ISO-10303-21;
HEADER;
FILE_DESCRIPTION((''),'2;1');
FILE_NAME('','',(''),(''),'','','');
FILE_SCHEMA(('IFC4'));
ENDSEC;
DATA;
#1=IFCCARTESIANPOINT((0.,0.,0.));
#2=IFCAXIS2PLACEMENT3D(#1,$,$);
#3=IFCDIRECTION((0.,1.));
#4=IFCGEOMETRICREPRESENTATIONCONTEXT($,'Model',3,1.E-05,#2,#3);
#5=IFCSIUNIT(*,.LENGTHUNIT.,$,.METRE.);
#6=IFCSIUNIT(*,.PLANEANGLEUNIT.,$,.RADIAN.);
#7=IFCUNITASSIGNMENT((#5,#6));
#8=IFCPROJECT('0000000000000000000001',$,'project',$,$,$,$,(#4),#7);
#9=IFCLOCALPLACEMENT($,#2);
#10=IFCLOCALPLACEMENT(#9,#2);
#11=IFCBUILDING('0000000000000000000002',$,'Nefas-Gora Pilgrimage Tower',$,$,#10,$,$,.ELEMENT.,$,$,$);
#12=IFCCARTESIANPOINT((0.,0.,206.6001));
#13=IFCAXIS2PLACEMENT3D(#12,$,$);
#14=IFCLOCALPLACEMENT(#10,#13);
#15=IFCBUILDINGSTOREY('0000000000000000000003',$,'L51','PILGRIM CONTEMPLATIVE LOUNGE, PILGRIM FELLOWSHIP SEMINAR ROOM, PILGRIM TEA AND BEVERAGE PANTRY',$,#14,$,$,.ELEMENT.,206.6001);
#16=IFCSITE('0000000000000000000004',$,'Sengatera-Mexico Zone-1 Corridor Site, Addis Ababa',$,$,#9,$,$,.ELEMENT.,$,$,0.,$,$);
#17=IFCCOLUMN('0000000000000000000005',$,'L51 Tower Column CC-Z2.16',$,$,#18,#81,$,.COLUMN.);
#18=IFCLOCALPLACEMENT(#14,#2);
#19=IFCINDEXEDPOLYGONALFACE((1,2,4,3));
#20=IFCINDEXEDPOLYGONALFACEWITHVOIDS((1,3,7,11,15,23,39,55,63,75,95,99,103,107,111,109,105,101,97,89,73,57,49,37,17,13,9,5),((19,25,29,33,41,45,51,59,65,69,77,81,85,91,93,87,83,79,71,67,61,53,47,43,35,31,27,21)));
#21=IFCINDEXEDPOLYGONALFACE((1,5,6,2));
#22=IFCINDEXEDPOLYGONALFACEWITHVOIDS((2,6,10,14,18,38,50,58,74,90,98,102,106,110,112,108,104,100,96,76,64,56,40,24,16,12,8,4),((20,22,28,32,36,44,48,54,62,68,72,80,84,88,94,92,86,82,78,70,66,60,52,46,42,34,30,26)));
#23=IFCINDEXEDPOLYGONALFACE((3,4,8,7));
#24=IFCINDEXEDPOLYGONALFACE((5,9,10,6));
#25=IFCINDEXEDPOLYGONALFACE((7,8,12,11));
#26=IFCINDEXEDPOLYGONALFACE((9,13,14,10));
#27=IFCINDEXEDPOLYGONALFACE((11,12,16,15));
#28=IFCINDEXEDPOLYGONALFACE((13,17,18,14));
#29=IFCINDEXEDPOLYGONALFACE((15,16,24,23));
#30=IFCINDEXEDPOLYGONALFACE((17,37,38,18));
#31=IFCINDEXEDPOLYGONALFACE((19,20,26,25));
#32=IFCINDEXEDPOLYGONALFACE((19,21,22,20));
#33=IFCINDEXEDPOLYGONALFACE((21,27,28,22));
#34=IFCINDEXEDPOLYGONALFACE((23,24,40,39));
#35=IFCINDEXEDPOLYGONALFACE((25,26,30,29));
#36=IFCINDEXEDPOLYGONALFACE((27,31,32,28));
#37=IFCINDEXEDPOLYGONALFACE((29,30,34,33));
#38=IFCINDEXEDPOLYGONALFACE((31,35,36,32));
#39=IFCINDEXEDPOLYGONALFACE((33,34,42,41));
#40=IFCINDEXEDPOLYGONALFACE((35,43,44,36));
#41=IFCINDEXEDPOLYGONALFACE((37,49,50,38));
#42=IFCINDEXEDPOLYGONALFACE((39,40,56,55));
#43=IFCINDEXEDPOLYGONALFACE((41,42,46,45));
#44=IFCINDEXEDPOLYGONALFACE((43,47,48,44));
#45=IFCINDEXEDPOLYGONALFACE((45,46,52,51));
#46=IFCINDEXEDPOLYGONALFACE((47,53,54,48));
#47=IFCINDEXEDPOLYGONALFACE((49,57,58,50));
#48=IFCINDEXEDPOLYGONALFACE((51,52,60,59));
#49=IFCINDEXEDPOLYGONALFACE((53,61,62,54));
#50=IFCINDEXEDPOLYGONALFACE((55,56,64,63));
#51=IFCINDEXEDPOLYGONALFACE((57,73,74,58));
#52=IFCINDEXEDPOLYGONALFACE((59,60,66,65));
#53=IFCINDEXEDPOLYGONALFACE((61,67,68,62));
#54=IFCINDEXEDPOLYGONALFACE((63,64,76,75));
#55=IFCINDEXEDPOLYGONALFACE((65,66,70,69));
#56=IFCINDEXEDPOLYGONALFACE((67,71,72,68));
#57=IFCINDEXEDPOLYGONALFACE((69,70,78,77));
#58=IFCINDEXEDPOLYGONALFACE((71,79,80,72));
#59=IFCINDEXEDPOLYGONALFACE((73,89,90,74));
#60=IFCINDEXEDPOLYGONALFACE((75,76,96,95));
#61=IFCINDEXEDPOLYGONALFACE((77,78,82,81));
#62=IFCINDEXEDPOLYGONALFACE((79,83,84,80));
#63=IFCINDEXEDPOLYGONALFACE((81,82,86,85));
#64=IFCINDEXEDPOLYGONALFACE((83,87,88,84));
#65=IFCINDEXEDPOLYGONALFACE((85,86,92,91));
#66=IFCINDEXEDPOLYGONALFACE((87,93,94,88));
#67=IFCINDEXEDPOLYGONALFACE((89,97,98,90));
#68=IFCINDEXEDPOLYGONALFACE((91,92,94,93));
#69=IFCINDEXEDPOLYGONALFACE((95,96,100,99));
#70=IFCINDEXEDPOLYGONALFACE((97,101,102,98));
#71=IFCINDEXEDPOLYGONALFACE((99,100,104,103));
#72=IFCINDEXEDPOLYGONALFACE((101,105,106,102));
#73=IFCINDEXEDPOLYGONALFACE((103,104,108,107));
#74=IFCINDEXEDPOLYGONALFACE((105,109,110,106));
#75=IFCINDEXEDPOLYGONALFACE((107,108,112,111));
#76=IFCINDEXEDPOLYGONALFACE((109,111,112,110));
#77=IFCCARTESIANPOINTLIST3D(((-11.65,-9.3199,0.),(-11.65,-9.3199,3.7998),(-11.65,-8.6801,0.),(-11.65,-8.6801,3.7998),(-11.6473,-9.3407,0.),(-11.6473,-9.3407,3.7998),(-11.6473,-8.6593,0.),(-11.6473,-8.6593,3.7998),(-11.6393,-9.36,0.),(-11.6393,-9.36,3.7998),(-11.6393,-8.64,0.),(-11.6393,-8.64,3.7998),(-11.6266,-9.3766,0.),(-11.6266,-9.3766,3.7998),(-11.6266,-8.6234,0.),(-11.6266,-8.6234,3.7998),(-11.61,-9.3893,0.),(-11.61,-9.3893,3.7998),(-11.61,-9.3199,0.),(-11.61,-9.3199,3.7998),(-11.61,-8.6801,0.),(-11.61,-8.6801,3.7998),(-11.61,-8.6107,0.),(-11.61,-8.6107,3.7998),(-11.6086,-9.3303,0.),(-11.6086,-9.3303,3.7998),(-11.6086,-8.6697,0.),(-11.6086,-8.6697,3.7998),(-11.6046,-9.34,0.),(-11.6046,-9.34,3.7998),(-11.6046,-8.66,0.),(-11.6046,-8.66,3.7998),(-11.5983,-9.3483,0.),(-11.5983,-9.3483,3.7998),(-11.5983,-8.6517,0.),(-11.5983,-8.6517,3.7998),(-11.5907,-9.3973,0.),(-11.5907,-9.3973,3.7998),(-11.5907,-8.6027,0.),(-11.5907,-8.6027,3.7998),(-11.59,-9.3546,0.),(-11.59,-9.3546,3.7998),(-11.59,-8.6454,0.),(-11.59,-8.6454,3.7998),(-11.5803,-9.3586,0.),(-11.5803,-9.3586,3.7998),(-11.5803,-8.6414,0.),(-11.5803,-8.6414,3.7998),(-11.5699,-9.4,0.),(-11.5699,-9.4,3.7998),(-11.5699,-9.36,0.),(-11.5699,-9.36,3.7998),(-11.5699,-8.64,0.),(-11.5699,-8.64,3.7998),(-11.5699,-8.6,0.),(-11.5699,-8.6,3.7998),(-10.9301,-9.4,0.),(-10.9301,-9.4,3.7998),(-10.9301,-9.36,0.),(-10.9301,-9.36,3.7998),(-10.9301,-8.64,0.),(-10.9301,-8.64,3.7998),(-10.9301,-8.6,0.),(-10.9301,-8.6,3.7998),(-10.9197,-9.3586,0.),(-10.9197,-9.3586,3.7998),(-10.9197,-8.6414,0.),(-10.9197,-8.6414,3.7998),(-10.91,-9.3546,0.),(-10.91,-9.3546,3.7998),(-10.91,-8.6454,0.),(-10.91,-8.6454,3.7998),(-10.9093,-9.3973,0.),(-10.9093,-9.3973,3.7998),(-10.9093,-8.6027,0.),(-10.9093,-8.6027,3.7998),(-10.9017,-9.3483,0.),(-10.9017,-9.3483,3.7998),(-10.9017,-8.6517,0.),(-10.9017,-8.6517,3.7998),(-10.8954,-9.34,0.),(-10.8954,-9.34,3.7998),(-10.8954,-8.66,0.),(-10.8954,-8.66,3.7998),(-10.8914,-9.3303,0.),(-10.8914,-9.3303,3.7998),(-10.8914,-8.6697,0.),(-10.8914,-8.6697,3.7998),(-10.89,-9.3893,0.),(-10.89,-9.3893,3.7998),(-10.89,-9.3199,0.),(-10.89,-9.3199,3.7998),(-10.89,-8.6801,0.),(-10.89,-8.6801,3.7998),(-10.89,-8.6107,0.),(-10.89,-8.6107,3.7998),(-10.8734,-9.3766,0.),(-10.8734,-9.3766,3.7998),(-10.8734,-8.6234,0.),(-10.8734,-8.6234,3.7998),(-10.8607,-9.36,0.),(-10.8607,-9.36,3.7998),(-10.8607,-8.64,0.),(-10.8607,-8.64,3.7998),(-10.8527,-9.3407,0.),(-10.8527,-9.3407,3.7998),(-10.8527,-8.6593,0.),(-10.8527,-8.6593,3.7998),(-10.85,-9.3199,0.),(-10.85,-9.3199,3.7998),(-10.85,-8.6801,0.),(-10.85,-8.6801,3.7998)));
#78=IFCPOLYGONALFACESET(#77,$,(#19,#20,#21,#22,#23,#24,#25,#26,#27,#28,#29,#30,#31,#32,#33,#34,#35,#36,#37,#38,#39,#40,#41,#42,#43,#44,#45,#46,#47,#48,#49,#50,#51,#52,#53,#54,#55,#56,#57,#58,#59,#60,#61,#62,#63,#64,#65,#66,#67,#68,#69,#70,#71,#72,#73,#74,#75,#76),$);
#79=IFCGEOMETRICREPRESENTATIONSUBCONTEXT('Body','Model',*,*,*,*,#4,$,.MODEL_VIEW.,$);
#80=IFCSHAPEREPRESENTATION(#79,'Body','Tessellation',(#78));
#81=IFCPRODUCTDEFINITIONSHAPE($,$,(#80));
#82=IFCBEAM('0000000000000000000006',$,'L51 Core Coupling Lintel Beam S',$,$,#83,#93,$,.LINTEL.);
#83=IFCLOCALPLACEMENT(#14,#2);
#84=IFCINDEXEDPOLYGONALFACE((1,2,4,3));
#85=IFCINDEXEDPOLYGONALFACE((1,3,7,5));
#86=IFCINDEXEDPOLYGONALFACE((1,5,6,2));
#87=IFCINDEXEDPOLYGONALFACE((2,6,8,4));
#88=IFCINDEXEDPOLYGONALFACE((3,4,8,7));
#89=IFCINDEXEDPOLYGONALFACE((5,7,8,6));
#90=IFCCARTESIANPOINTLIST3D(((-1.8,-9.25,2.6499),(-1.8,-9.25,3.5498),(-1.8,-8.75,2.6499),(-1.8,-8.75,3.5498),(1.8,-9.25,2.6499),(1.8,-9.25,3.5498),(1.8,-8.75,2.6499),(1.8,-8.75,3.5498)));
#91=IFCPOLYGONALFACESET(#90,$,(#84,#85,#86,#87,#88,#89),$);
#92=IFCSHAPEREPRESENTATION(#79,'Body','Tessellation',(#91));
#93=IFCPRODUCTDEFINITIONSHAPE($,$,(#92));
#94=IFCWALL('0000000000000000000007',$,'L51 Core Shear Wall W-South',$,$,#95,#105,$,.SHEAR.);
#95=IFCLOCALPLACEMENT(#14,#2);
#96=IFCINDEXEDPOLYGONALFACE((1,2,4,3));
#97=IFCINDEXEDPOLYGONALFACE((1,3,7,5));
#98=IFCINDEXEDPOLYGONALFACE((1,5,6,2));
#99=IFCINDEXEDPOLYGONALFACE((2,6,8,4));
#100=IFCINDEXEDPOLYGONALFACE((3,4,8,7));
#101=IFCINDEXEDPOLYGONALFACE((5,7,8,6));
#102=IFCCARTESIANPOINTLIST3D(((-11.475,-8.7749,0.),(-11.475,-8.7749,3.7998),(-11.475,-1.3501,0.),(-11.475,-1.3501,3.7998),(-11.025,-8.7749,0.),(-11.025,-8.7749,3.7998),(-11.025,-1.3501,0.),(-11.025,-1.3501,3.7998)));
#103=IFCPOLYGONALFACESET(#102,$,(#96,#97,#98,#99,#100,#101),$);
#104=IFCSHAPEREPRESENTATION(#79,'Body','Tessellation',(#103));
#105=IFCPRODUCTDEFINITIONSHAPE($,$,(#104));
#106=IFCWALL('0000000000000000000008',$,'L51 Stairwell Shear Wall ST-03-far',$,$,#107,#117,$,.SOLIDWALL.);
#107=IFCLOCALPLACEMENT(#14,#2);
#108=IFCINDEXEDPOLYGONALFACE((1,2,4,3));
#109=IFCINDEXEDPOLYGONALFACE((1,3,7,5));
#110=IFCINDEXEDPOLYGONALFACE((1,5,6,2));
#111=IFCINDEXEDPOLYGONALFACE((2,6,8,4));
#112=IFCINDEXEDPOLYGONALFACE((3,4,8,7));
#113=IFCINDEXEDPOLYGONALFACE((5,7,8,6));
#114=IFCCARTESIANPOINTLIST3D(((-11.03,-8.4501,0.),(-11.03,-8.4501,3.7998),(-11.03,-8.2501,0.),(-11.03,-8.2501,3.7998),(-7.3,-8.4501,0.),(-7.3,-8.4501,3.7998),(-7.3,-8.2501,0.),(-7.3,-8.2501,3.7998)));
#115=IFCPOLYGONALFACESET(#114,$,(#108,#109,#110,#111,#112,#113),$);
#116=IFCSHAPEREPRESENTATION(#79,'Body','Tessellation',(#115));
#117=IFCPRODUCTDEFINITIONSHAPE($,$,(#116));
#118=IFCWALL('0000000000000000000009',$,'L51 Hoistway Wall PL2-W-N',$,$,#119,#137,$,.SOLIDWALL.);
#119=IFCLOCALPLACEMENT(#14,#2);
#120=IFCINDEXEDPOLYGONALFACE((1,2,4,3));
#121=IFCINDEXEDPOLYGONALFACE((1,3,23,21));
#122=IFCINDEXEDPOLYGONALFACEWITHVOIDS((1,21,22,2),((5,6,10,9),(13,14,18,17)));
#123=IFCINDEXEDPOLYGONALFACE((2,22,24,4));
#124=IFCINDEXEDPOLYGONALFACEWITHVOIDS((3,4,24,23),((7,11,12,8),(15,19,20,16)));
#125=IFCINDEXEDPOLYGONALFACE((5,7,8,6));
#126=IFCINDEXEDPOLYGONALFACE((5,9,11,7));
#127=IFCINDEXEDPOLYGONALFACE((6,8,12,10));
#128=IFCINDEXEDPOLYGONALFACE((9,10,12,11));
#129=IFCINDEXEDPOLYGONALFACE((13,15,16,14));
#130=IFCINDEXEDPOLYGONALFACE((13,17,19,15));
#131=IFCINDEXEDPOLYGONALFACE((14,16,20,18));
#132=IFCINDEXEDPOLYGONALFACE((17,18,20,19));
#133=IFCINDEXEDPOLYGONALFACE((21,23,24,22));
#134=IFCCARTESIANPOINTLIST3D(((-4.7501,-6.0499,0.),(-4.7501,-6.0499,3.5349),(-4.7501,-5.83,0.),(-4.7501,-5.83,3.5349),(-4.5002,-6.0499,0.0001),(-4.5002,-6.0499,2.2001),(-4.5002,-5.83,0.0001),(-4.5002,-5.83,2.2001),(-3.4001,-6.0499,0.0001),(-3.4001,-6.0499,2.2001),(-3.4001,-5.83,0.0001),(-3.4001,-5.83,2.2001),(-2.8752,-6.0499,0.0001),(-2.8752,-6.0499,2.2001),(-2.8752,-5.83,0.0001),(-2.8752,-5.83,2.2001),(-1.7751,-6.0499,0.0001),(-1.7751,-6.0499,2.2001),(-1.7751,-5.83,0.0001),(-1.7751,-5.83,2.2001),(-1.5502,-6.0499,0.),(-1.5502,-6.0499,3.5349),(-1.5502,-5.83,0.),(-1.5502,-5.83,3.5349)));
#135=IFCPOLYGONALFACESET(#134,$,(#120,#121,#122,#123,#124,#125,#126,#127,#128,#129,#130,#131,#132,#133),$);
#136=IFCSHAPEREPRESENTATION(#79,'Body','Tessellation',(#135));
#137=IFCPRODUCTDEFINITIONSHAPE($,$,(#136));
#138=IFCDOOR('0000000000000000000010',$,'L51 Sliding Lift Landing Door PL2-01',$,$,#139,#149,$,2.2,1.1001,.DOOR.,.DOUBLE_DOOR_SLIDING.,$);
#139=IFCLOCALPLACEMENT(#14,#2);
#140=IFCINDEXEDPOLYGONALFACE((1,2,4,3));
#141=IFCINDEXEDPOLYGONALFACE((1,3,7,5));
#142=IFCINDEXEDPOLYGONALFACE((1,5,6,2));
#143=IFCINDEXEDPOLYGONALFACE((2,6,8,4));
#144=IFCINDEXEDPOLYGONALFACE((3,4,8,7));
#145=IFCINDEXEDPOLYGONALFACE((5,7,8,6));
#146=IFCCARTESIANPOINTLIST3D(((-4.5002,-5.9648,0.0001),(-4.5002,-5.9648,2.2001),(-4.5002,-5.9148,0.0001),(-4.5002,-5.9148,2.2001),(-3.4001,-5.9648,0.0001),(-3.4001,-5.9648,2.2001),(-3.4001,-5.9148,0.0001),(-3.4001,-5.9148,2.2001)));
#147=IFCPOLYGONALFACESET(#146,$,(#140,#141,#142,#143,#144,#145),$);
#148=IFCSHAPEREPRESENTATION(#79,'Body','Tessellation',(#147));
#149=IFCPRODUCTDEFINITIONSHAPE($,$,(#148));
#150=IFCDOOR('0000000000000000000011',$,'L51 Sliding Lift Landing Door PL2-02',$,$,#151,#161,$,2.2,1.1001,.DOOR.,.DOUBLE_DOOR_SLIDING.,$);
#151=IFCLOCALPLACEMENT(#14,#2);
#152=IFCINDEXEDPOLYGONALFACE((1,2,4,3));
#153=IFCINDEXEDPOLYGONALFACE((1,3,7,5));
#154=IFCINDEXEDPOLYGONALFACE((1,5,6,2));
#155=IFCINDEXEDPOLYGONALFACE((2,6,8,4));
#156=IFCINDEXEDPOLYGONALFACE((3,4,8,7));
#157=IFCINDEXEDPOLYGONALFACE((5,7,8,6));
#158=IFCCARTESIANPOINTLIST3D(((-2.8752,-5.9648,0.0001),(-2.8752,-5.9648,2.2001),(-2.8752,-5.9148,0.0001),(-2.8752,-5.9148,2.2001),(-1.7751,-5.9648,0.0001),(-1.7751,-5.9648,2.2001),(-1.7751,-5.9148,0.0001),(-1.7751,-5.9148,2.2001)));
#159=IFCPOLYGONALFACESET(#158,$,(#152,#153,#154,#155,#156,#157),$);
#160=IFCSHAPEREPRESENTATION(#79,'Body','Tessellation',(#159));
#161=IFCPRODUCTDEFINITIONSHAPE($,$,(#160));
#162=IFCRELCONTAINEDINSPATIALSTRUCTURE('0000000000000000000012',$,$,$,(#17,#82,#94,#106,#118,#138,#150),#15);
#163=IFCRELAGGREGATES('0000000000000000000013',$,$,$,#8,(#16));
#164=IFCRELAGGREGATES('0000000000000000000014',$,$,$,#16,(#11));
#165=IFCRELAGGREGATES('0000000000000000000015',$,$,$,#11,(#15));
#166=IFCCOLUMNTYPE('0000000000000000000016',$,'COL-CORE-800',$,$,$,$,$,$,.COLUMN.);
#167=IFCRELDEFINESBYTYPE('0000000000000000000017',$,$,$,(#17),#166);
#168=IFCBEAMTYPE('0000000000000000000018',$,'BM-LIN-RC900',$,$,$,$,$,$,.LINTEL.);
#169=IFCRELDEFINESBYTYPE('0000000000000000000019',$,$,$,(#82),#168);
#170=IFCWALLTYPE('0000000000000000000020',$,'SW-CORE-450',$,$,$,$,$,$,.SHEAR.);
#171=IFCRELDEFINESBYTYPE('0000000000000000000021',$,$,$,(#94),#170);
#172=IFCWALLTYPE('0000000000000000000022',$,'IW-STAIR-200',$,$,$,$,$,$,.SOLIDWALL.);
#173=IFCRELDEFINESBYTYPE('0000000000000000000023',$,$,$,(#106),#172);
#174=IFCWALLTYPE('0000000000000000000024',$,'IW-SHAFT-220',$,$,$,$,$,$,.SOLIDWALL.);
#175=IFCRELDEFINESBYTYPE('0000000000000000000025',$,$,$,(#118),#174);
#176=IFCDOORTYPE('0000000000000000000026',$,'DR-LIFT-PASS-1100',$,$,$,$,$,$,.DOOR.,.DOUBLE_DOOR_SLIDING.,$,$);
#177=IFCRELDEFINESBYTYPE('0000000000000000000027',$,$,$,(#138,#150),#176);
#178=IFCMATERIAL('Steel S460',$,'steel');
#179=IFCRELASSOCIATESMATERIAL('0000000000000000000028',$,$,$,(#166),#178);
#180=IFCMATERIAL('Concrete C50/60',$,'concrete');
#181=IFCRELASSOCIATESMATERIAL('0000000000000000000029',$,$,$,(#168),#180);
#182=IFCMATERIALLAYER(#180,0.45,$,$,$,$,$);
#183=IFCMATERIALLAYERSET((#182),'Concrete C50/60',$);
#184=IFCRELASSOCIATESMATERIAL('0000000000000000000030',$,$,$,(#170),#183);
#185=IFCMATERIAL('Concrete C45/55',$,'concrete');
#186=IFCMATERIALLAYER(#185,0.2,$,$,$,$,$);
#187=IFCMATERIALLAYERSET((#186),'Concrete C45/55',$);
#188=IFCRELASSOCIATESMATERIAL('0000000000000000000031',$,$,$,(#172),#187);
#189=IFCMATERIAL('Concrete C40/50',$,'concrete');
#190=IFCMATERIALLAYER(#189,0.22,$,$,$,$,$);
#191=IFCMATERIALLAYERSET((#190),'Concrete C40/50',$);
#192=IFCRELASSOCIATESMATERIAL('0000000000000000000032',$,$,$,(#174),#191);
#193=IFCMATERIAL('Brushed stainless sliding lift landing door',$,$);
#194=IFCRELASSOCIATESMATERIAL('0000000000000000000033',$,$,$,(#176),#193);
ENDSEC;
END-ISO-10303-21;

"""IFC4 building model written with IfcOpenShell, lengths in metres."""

from ifc_helpers import new_model, si_unit, direction, frame, frame_2d, origin, origin_2d, place, context, subcontext, project, spatial, rectangle, hollow_rectangle, extrude, source, transform, mapped, material, layer, layer_set, material_profile, profile_set, type_object, element, fill, save


model = new_model("IFC4")

# Units and contexts
model_context = context("Model", 3, precision=1e-05, world=origin(), true_north=direction((0.0, 1.0)))
body_context = subcontext(model_context, "Body", "Model", "MODEL_VIEW")
ifc_project = project(units=[si_unit("LENGTHUNIT", "METRE"), si_unit("PLANEANGLEUNIT", "RADIAN")], contexts=[model_context])

# Site, building, storey
site_placement = place(None, origin())
site = spatial("IfcSite", under=ifc_project, at=site_placement, Name="Sengatera-Mexico Zone-1 Corridor Site, Addis Ababa", CompositionType="ELEMENT", RefElevation=0.0)
building_placement = place(site_placement, origin())
building = spatial("IfcBuilding", under=site, at=building_placement, Name="Nefas-Gora Pilgrimage Tower", CompositionType="ELEMENT")
storey_placement = place(building_placement, frame((0.0, 0.0, 206.6001)))
storey = spatial("IfcBuildingStorey", under=building, at=storey_placement, Name="L51", Description="PILGRIM CONTEMPLATIVE LOUNGE, PILGRIM FELLOWSHIP SEMINAR ROOM, PILGRIM TEA AND BEVERAGE PANTRY", CompositionType="ELEMENT", Elevation=206.6001)

# Column
ifc_material_1 = material(Name="Steel S460", Category="steel")
ifc_material_profile_1 = material_profile(ifc_material_1, hollow_rectangle(XDim=0.8, YDim=0.8, WallThickness=0.04, InnerFilletRadius=0.04, OuterFilletRadius=0.0801, at=origin_2d()), Name="BOX 800x800x40")
ifc_profile_set_1 = profile_set([ifc_material_profile_1], Name="Steel S460")
column_type = type_object("IfcColumnType", Name="COL-CORE-800", PredefinedType="COLUMN", material=ifc_profile_set_1)
shared_shape_1 = source(origin(), body_context, "Body", "SweptSolid", [
    extrude(hollow_rectangle(XDim=0.8, YDim=0.8, WallThickness=0.04, InnerFilletRadius=0.04, OuterFilletRadius=0.0801, at=origin_2d()), origin(), (0.0, 0.0, 1.0), 3.7998),
])
column_placement = place(storey_placement, frame((-11.25, -9.0, 0.0), z_axis=(0.0, 0.0, 1.0), x_axis=(1.0, 0.0, 0.0)))
element("IfcColumn", 1, at=column_placement, inside=storey, type_object=column_type, Name="L51 Tower Column CC-Z2.16", PredefinedType="COLUMN", context=body_context, shape_type="MappedRepresentation", body=[
    mapped(shared_shape_1, transform((0.0, 0.0, 0.0), x_axis=(1.0, 0.0, 0.0), y_axis=(0.0, 1.0, 0.0), z_axis=(0.0, 0.0, 1.0), scale=1.0)),
])

# Beam
ifc_material_2 = material(Name="Concrete C50/60", Category="concrete")
ifc_material_profile_2 = material_profile(ifc_material_2, rectangle(XDim=0.5, YDim=0.8999, at=origin_2d()), Name="RC 500x900")
ifc_profile_set_2 = profile_set([ifc_material_profile_2], Name="Concrete C50/60")
beam_type = type_object("IfcBeamType", Name="BM-LIN-RC900", PredefinedType="LINTEL", material=ifc_profile_set_2)
shared_shape_2 = source(origin(), body_context, "Body", "SweptSolid", [
    extrude(rectangle(XDim=0.5, YDim=0.8999, at=origin_2d()), origin(), (0.0, 0.0, 1.0), 3.6001),
])
beam_placement = place(storey_placement, frame((-1.8, -9.0, 3.0999), z_axis=(1.0, 0.0, 0.0), x_axis=(0.0, 1.0, 0.0)))
element("IfcBeam", 2, at=beam_placement, inside=storey, type_object=beam_type, Name="L51 Core Coupling Lintel Beam S", PredefinedType="LINTEL", context=body_context, shape_type="MappedRepresentation", body=[
    mapped(shared_shape_2, transform((0.0, 0.0, 0.0), x_axis=(1.0, 0.0, 0.0), y_axis=(0.0, 1.0, 0.0), z_axis=(0.0, 0.0, 1.0), scale=1.0)),
])

# Walls
ifc_layer_1 = layer(ifc_material_2, 0.45)
ifc_layer_set_1 = layer_set([ifc_layer_1], Name="Concrete C50/60")
wall_type_1 = type_object("IfcWallType", Name="SW-CORE-450", PredefinedType="SHEAR", material=ifc_layer_set_1)
shared_shape_3 = source(origin(), body_context, "Body", "SweptSolid", [
    extrude(rectangle(XDim=7.4248, YDim=0.45, at=frame_2d((3.7124, 0.0))), origin(), (0.0, 0.0, 1.0), 3.7998),
])
wall_1_placement = place(storey_placement, frame((-11.25, -8.7749, 0.0), z_axis=(0.0, 0.0, 1.0), x_axis=(0.0, 1.0, 0.0)))
element("IfcWall", 3, at=wall_1_placement, inside=storey, type_object=wall_type_1, Name="L51 Core Shear Wall W-South", PredefinedType="SHEAR", context=body_context, shape_type="MappedRepresentation", body=[
    mapped(shared_shape_3, transform((0.0, 0.0, 0.0), x_axis=(1.0, 0.0, 0.0), y_axis=(0.0, 1.0, 0.0), z_axis=(0.0, 0.0, 1.0), scale=1.0)),
])
ifc_material_3 = material(Name="Concrete C45/55", Category="concrete")
ifc_layer_2 = layer(ifc_material_3, 0.2)
ifc_layer_set_2 = layer_set([ifc_layer_2], Name="Concrete C45/55")
wall_type_2 = type_object("IfcWallType", Name="IW-STAIR-200", PredefinedType="SOLIDWALL", material=ifc_layer_set_2)
shared_shape_4 = source(origin(), body_context, "Body", "SweptSolid", [
    extrude(rectangle(XDim=3.73, YDim=0.2, at=frame_2d((1.865, 0.0))), origin(), (0.0, 0.0, 1.0), 3.7998),
])
wall_2_placement = place(storey_placement, frame((-11.03, -8.3501, 0.0), z_axis=(0.0, 0.0, 1.0), x_axis=(1.0, 0.0, 0.0)))
element("IfcWall", 4, at=wall_2_placement, inside=storey, type_object=wall_type_2, Name="L51 Stairwell Shear Wall ST-03-far", PredefinedType="SOLIDWALL", context=body_context, shape_type="MappedRepresentation", body=[
    mapped(shared_shape_4, transform((0.0, 0.0, 0.0), x_axis=(1.0, 0.0, 0.0), y_axis=(0.0, 1.0, 0.0), z_axis=(0.0, 0.0, 1.0), scale=1.0)),
])

# Wall, openings, doors
ifc_material_4 = material(Name="Concrete C40/50", Category="concrete")
ifc_layer_3 = layer(ifc_material_4, 0.22)
ifc_layer_set_3 = layer_set([ifc_layer_3], Name="Concrete C40/50")
wall_type_3 = type_object("IfcWallType", Name="IW-SHAFT-220", PredefinedType="SOLIDWALL", material=ifc_layer_set_3)
shared_shape_5 = source(origin(), body_context, "Body", "SweptSolid", [
    extrude(rectangle(XDim=3.2, YDim=0.22, at=frame_2d((1.6001, 0.0))), origin(), (0.0, 0.0, 1.0), 3.5349),
])
wall_3_placement = place(storey_placement, frame((-1.55, -5.9399, 0.0), z_axis=(0.0, 0.0, 1.0), x_axis=(-1.0, 0.0, 0.0)))
wall_3 = element("IfcWall", 5, at=wall_3_placement, inside=storey, type_object=wall_type_3, Name="L51 Hoistway Wall PL2-W-N", PredefinedType="SOLIDWALL", context=body_context, shape_type="MappedRepresentation", body=[
    mapped(shared_shape_5, transform((0.0, 0.0, 0.0), x_axis=(1.0, 0.0, 0.0), y_axis=(0.0, 1.0, 0.0), z_axis=(0.0, 0.0, 1.0), scale=1.0)),
])
opening_1_placement = place(wall_3_placement, frame((1.8501, 0.0, 0.0)))
opening_1 = element("IfcOpeningElement", 6, at=opening_1_placement, cuts=wall_3, PredefinedType="OPENING", context=body_context, shape_type="SweptSolid", body=[
    extrude(rectangle(XDim=1.1001, YDim=2.2, at=frame_2d((0.55, 1.1001))), frame((0.0, 0.1199, 0.0), z_axis=(0.0, -1.0, 0.0), x_axis=(1.0, 0.0, 0.0)), (0.0, 0.0, 1.0), 0.24),
])
opening_2_placement = place(wall_3_placement, frame((0.2251, 0.0, 0.0)))
opening_2 = element("IfcOpeningElement", 7, at=opening_2_placement, cuts=wall_3, PredefinedType="OPENING", context=body_context, shape_type="SweptSolid", body=[
    extrude(rectangle(XDim=1.1001, YDim=2.2, at=frame_2d((0.55, 1.1001))), frame((0.0, 0.1199, 0.0), z_axis=(0.0, -1.0, 0.0), x_axis=(1.0, 0.0, 0.0)), (0.0, 0.0, 1.0), 0.24),
])
ifc_material_5 = material(Name="Brushed stainless sliding lift landing door")
door_type_1 = type_object("IfcDoorType", Name="DR-LIFT-PASS-1100", OperationType="DOUBLE_DOOR_SLIDING", PredefinedType="DOOR", material=ifc_material_5)
shared_shape_6 = source(origin(), body_context, "Body", "SweptSolid", [
    extrude(rectangle(XDim=1.1001, YDim=2.2, at=frame_2d((0.55, 1.1001))), frame((0.0, 0.0249, 0.0), z_axis=(0.0, -1.0, 0.0), x_axis=(1.0, 0.0, 0.0)), (0.0, 0.0, 1.0), 0.05),
])
door_1_placement = place(opening_1_placement, origin())
door_1 = element("IfcDoor", 8, at=door_1_placement, inside=storey, type_object=door_type_1, Name="L51 Sliding Lift Landing Door PL2-01", OperationType="DOUBLE_DOOR_SLIDING", OverallHeight=2.2, OverallWidth=1.1001, PredefinedType="DOOR", context=body_context, shape_type="MappedRepresentation", body=[
    mapped(shared_shape_6, transform((0.0, 0.0, 0.0), x_axis=(1.0, 0.0, 0.0), y_axis=(0.0, 1.0, 0.0), z_axis=(0.0, 0.0, 1.0), scale=1.0)),
])
fill(opening_1, door_1)
door_2_placement = place(opening_2_placement, origin())
door_2 = element("IfcDoor", 9, at=door_2_placement, inside=storey, type_object=door_type_1, Name="L51 Sliding Lift Landing Door PL2-02", OperationType="DOUBLE_DOOR_SLIDING", OverallHeight=2.2, OverallWidth=1.1001, PredefinedType="DOOR", context=body_context, shape_type="MappedRepresentation", body=[
    mapped(shared_shape_6, transform((0.0, 0.0, 0.0), x_axis=(1.0, 0.0, 0.0), y_axis=(0.0, 1.0, 0.0), z_axis=(0.0, 0.0, 1.0), scale=1.0)),
])
fill(opening_2, door_2)

save(model, "model.ifc")
